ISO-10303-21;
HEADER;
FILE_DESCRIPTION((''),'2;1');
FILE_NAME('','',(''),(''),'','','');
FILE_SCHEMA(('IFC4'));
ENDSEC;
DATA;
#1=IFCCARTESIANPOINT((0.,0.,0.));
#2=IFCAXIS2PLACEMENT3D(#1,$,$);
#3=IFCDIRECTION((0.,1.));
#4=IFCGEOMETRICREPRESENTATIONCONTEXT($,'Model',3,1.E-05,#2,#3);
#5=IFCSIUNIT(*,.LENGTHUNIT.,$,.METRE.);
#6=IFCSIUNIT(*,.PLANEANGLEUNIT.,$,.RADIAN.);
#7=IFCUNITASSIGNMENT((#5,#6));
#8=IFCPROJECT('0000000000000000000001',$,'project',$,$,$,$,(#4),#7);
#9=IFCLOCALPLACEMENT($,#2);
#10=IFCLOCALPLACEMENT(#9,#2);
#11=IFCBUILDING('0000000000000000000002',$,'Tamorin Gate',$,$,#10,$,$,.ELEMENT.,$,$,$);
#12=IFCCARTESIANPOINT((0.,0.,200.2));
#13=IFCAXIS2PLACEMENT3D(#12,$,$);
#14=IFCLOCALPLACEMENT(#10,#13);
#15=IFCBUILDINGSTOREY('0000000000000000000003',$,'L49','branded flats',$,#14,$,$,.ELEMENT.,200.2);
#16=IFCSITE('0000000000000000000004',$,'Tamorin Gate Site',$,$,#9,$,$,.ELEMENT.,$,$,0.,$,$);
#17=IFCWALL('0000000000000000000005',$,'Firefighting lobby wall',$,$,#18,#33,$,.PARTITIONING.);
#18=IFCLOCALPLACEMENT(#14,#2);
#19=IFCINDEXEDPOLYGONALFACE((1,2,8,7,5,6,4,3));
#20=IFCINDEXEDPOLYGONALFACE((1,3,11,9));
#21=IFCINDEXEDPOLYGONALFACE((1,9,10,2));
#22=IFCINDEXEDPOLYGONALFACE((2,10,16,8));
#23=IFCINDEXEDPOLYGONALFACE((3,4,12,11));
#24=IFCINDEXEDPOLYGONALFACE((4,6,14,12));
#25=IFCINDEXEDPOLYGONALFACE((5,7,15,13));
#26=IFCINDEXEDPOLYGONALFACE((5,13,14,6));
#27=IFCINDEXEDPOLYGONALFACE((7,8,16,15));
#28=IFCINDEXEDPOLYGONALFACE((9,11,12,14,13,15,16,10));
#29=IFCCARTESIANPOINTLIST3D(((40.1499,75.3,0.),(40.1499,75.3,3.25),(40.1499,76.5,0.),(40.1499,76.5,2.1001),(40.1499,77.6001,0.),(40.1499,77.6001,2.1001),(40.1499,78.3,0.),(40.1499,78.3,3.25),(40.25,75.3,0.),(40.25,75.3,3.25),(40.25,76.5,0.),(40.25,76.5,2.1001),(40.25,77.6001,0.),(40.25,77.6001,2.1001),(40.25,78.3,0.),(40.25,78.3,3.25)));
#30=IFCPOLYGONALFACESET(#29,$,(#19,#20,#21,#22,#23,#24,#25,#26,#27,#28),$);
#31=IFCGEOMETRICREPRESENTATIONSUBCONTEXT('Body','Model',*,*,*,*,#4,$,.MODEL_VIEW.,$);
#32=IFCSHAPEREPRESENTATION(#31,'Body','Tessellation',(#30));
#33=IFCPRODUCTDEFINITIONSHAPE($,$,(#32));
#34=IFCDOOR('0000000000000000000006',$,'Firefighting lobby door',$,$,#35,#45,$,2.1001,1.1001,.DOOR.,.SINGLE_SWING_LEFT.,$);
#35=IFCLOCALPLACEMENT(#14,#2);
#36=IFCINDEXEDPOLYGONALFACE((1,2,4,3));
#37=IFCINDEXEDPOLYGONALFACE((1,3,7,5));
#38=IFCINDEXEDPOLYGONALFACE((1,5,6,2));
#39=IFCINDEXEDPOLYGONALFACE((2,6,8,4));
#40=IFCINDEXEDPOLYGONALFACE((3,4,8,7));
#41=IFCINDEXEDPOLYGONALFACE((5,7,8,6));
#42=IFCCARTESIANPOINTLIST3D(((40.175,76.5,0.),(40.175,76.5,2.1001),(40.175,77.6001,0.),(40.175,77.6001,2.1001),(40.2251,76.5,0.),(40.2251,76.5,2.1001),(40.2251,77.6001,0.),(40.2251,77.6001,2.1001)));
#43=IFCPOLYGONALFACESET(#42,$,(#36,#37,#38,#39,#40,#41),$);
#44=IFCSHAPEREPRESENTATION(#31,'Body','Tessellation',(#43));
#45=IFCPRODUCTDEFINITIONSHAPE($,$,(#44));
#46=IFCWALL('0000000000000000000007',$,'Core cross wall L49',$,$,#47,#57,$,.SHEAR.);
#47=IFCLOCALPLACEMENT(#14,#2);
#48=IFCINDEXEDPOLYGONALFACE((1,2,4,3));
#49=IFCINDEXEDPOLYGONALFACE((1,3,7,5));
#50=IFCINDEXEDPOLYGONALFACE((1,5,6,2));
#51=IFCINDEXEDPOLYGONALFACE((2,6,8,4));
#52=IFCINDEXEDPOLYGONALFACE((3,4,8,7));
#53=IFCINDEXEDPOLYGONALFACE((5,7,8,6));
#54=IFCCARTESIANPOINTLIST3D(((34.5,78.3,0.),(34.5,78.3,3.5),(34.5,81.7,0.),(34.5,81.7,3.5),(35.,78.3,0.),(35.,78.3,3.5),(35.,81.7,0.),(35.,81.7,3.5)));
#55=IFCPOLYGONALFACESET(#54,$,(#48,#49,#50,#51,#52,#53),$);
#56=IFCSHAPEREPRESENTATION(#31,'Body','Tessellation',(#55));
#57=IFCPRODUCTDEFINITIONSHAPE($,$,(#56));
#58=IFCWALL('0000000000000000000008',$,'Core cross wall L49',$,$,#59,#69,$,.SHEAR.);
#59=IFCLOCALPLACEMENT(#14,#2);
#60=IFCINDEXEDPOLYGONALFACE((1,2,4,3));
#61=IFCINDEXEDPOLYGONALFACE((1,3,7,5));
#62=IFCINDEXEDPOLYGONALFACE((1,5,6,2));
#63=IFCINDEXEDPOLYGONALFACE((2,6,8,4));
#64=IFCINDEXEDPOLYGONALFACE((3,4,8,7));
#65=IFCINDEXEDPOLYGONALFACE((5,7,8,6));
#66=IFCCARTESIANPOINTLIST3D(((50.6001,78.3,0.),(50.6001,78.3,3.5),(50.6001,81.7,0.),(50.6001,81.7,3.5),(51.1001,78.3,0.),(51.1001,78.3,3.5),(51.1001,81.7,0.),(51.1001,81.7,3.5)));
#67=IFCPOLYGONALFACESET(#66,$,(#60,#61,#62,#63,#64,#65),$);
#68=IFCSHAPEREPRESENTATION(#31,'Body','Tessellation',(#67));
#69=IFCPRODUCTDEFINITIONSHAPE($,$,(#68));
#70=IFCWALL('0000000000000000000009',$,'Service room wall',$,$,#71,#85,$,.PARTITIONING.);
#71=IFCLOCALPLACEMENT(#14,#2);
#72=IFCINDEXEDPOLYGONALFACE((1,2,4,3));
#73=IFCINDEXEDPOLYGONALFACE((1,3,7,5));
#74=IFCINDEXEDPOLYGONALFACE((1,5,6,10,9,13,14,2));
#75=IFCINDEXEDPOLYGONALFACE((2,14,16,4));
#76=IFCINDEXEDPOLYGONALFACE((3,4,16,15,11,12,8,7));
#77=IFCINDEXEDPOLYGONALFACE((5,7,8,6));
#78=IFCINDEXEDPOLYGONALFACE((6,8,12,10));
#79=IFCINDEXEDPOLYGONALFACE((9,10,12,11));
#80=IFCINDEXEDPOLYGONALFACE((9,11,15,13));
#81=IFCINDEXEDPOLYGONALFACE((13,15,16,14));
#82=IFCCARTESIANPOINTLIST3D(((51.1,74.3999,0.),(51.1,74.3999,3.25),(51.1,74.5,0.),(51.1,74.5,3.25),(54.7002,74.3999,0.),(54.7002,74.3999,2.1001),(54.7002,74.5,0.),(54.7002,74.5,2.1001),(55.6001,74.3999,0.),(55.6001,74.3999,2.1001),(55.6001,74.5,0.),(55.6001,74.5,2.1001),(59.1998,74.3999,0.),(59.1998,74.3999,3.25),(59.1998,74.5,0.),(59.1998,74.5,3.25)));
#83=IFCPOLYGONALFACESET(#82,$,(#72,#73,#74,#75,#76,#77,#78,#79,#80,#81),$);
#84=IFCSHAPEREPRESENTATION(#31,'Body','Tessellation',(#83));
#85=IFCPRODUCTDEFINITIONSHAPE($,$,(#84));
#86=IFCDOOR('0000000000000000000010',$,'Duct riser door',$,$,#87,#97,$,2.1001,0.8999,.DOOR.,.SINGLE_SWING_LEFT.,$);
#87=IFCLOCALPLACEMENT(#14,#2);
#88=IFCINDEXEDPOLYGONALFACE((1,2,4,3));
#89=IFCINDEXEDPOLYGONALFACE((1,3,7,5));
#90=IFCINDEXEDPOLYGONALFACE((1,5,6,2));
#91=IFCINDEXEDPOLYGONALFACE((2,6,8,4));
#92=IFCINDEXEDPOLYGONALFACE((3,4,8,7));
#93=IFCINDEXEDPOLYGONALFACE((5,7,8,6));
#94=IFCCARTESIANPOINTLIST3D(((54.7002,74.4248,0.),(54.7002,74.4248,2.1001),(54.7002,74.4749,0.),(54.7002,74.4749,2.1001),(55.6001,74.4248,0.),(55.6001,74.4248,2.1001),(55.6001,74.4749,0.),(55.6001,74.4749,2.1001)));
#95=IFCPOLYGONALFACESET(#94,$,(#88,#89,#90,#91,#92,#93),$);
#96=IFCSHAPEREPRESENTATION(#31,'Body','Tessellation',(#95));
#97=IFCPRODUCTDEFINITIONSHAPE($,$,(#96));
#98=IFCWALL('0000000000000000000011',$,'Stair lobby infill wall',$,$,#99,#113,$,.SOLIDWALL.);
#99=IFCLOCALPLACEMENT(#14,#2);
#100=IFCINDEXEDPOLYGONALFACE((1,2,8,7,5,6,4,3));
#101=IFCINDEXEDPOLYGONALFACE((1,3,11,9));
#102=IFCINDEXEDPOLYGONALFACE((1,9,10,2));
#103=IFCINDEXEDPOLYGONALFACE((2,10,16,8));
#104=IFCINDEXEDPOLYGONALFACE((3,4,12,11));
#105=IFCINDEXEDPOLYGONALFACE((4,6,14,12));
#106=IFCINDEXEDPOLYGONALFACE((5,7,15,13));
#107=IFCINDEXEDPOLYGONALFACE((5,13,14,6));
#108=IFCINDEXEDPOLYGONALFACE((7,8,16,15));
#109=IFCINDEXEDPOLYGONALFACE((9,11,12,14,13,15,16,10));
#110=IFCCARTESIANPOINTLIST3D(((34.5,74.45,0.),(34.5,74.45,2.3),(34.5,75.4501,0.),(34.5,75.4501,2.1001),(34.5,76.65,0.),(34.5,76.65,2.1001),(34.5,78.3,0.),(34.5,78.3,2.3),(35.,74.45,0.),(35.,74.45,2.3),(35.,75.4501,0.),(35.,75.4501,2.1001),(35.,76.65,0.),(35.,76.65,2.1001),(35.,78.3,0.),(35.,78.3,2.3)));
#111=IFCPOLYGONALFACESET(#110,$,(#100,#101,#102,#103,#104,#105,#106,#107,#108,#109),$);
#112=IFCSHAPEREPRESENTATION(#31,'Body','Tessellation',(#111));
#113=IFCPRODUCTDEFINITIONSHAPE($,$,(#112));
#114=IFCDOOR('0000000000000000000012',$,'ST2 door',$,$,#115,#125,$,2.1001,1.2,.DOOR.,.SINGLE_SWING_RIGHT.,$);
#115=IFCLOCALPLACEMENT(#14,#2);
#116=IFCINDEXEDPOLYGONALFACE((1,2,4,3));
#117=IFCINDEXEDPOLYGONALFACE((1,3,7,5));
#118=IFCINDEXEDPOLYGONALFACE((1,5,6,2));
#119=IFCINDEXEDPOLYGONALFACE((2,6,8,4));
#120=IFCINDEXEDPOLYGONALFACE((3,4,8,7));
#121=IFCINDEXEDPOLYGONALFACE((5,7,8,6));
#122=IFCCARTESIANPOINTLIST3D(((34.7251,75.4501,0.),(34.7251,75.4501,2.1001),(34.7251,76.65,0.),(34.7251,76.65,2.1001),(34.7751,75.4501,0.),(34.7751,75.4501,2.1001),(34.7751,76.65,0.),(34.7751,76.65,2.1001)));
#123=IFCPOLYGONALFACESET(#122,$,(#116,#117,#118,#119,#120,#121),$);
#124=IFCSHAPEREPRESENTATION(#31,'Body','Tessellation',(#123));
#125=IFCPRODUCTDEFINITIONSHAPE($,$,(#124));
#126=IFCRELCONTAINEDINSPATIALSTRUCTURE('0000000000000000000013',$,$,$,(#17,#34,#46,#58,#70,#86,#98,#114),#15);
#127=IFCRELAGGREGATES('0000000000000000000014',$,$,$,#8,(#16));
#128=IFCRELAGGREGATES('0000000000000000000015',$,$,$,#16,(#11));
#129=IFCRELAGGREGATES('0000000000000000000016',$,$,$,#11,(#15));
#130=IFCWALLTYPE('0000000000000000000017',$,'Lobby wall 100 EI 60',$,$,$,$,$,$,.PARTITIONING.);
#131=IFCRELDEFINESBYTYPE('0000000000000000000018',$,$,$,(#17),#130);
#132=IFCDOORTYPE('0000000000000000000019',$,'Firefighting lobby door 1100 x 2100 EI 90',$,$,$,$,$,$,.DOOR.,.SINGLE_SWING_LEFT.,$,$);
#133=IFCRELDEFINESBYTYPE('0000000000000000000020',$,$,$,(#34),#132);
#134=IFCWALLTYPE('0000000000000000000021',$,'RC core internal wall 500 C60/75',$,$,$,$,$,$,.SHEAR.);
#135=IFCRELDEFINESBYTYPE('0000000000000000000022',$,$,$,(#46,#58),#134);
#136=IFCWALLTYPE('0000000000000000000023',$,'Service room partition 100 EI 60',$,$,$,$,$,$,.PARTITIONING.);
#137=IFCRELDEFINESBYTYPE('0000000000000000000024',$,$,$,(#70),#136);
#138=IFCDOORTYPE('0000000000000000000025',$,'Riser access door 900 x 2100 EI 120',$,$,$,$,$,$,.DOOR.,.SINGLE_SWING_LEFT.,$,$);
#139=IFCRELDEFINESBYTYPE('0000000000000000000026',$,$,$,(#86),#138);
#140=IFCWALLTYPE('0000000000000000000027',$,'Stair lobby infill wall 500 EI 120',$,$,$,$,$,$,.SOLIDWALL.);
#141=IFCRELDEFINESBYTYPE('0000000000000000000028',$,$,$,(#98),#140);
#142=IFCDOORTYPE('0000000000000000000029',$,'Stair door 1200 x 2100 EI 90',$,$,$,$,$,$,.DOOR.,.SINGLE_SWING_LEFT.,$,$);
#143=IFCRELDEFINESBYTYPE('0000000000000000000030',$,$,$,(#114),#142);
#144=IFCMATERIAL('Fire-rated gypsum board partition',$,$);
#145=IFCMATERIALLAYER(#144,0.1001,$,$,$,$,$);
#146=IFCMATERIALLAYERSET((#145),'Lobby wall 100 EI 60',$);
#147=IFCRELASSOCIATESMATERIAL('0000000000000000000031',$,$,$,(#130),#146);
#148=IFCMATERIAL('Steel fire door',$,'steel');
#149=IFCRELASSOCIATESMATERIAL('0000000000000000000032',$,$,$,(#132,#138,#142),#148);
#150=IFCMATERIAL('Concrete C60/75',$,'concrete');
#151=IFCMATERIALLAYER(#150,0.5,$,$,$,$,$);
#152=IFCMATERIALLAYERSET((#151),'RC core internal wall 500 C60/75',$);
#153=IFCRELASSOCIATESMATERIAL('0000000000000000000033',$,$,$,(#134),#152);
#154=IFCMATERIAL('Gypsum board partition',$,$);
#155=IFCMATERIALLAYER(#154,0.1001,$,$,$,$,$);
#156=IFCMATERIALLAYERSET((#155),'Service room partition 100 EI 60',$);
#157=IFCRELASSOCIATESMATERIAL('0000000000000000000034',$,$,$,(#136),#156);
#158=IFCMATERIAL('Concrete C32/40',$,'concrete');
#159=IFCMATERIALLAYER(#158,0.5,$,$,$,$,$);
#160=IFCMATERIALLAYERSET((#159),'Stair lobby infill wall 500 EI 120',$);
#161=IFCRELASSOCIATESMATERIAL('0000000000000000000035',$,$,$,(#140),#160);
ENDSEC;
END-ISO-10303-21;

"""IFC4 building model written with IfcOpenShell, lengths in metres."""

from ifc_helpers import new_model, si_unit, direction, frame, frame_2d, origin, place, context, subcontext, project, spatial, rectangle, extrude, material, layer, layer_set, type_object, element, fill, save


model = new_model("IFC4")

# Units and contexts
model_context = context("Model", 3, precision=1e-05, world=origin(), true_north=direction((0.0, 1.0)))
body_context = subcontext(model_context, "Body", "Model", "MODEL_VIEW")
ifc_project = project(units=[si_unit("LENGTHUNIT", "METRE"), si_unit("PLANEANGLEUNIT", "RADIAN")], contexts=[model_context])

# Site, building, storey
site_placement = place(None, origin())
site = spatial("IfcSite", under=ifc_project, at=site_placement, Name="Tamorin Gate Site", CompositionType="ELEMENT", RefElevation=0.0)
building_placement = place(site_placement, origin())
building = spatial("IfcBuilding", under=site, at=building_placement, Name="Tamorin Gate", CompositionType="ELEMENT")
storey_placement = place(building_placement, frame((0.0, 0.0, 200.2)))
storey = spatial("IfcBuildingStorey", under=building, at=storey_placement, Name="L49", Description="branded flats", CompositionType="ELEMENT", Elevation=200.2)

# Shared definitions
ifc_material_1 = material(Name="Concrete C60/75", Category="concrete")

# Shared definitions
ifc_material_2 = material(Name="Concrete C32/40", Category="concrete")

# Shared definitions
ifc_material_3 = material(Name="Fire-rated gypsum board partition")
ifc_layer_1 = layer(ifc_material_3, 0.1001)
ifc_layer_set_1 = layer_set([ifc_layer_1], Name="Lobby wall 100 EI 60")
wall_type_1 = type_object("IfcWallType", Name="Lobby wall 100 EI 60", PredefinedType="PARTITIONING", material=ifc_layer_set_1)

# Wall, opening, door
wall_1_placement = place(storey_placement, frame((40.2, 75.3, 0.0), z_axis=(0.0, 0.0, 1.0), x_axis=(0.0, 1.0, 0.0)))
wall_1 = element("IfcWall", 1, at=wall_1_placement, inside=storey, type_object=wall_type_1, Name="Firefighting lobby wall", PredefinedType="PARTITIONING", context=body_context, shape_type="SweptSolid", body=[
    extrude(rectangle(XDim=3.0, YDim=0.1001, at=frame_2d((1.5, 0.0))), origin(), (0.0, 0.0, 1.0), 3.25),
])
opening_1_placement = place(wall_1_placement, frame((1.2, 0.0, 0.0)))
opening_1 = element("IfcOpeningElement", 2, at=opening_1_placement, cuts=wall_1, PredefinedType="OPENING", context=body_context, shape_type="SweptSolid", body=[
    extrude(rectangle(XDim=1.1001, YDim=2.1001, at=frame_2d((0.55, 1.05))), frame((0.0, 0.0601, 0.0), z_axis=(0.0, -1.0, 0.0), x_axis=(1.0, 0.0, 0.0)), (0.0, 0.0, 1.0), 0.1201),
])
ifc_material_4 = material(Name="Steel fire door", Category="steel")
door_type_1 = type_object("IfcDoorType", Name="Firefighting lobby door 1100 x 2100 EI 90", OperationType="SINGLE_SWING_LEFT", PredefinedType="DOOR", material=ifc_material_4)
door_1_placement = place(opening_1_placement, origin())
door_1 = element("IfcDoor", 3, at=door_1_placement, inside=storey, type_object=door_type_1, Name="Firefighting lobby door", OperationType="SINGLE_SWING_LEFT", OverallHeight=2.1001, OverallWidth=1.1001, PredefinedType="DOOR", context=body_context, shape_type="SweptSolid", body=[
    extrude(rectangle(XDim=1.1001, YDim=2.1001, at=frame_2d((0.55, 1.05))), frame((0.0, 0.0249, 0.0), z_axis=(0.0, -1.0, 0.0), x_axis=(1.0, 0.0, 0.0)), (0.0, 0.0, 1.0), 0.05),
])
fill(opening_1, door_1)

# Walls
ifc_layer_2 = layer(ifc_material_1, 0.5)
ifc_layer_set_2 = layer_set([ifc_layer_2], Name="RC core internal wall 500 C60/75")
wall_type_2 = type_object("IfcWallType", Name="RC core internal wall 500 C60/75", PredefinedType="SHEAR", material=ifc_layer_set_2)
for number, where, z_axis, x_axis, name in (
    (4, (34.75, 78.3, 0.0), (0.0, 0.0, 1.0), (0.0, 1.0, 0.0), "Core cross wall L49"),
    (5, (50.8501, 78.3, 0.0), (0.0, 0.0, 1.0), (0.0, 1.0, 0.0), "Core cross wall L49"),
):
    element("IfcWall", number, at=place(storey_placement, frame(where, z_axis=z_axis, x_axis=x_axis)), inside=storey, type_object=wall_type_2, Name=name, PredefinedType="SHEAR", context=body_context, shape_type="SweptSolid", body=[
        extrude(rectangle(XDim=3.3999, YDim=0.5, at=frame_2d((1.7, 0.0))), origin(), (0.0, 0.0, 1.0), 3.5),
    ])

# Walls, openings, doors
ifc_material_5 = material(Name="Gypsum board partition")
ifc_layer_3 = layer(ifc_material_5, 0.1001)
ifc_layer_set_3 = layer_set([ifc_layer_3], Name="Service room partition 100 EI 60")
wall_type_3 = type_object("IfcWallType", Name="Service room partition 100 EI 60", PredefinedType="PARTITIONING", material=ifc_layer_set_3)
wall_2_placement = place(storey_placement, frame((51.1001, 74.45, 0.0), z_axis=(0.0, 0.0, 1.0), x_axis=(1.0, 0.0, 0.0)))
wall_2 = element("IfcWall", 6, at=wall_2_placement, inside=storey, type_object=wall_type_3, Name="Service room wall", PredefinedType="PARTITIONING", context=body_context, shape_type="SweptSolid", body=[
    extrude(rectangle(XDim=8.0999, YDim=0.1001, at=frame_2d((4.0498, 0.0))), origin(), (0.0, 0.0, 1.0), 3.25),
])
opening_2_placement = place(wall_2_placement, frame((3.6001, 0.0, 0.0)))
opening_2 = element("IfcOpeningElement", 7, at=opening_2_placement, cuts=wall_2, PredefinedType="OPENING", context=body_context, shape_type="SweptSolid", body=[
    extrude(rectangle(XDim=0.8999, YDim=2.1001, at=frame_2d((0.45, 1.05))), frame((0.0, 0.0601, 0.0), z_axis=(0.0, -1.0, 0.0), x_axis=(1.0, 0.0, 0.0)), (0.0, 0.0, 1.0), 0.1201),
])
door_type_2 = type_object("IfcDoorType", Name="Riser access door 900 x 2100 EI 120", OperationType="SINGLE_SWING_LEFT", PredefinedType="DOOR", material=ifc_material_4)
door_2_placement = place(opening_2_placement, origin())
door_2 = element("IfcDoor", 8, at=door_2_placement, inside=storey, type_object=door_type_2, Name="Duct riser door", OperationType="SINGLE_SWING_LEFT", OverallHeight=2.1001, OverallWidth=0.8999, PredefinedType="DOOR", context=body_context, shape_type="SweptSolid", body=[
    extrude(rectangle(XDim=0.8999, YDim=2.1001, at=frame_2d((0.45, 1.05))), frame((0.0, 0.0249, 0.0), z_axis=(0.0, -1.0, 0.0), x_axis=(1.0, 0.0, 0.0)), (0.0, 0.0, 1.0), 0.05),
])
fill(opening_2, door_2)
ifc_layer_4 = layer(ifc_material_2, 0.5)
ifc_layer_set_4 = layer_set([ifc_layer_4], Name="Stair lobby infill wall 500 EI 120")
wall_type_4 = type_object("IfcWallType", Name="Stair lobby infill wall 500 EI 120", PredefinedType="SOLIDWALL", material=ifc_layer_set_4)
wall_3_placement = place(storey_placement, frame((34.75, 74.45, 0.0), z_axis=(0.0, 0.0, 1.0), x_axis=(0.0, 1.0, 0.0)))
wall_3 = element("IfcWall", 9, at=wall_3_placement, inside=storey, type_object=wall_type_4, Name="Stair lobby infill wall", PredefinedType="SOLIDWALL", context=body_context, shape_type="SweptSolid", body=[
    extrude(rectangle(XDim=3.8501, YDim=0.5, at=frame_2d((1.925, 0.0))), origin(), (0.0, 0.0, 1.0), 2.3),
])
opening_3_placement = place(wall_3_placement, frame((1.0, 0.0, 0.0)))
opening_3 = element("IfcOpeningElement", 10, at=opening_3_placement, cuts=wall_3, PredefinedType="OPENING", context=body_context, shape_type="SweptSolid", body=[
    extrude(rectangle(XDim=1.2, YDim=2.1001, at=frame_2d((0.6001, 1.05))), frame((0.0, 0.26, 0.0), z_axis=(0.0, -1.0, 0.0), x_axis=(1.0, 0.0, 0.0)), (0.0, 0.0, 1.0), 0.52),
])
door_type_3 = type_object("IfcDoorType", Name="Stair door 1200 x 2100 EI 90", OperationType="SINGLE_SWING_LEFT", PredefinedType="DOOR", material=ifc_material_4)
door_3_placement = place(opening_3_placement, origin())
door_3 = element("IfcDoor", 11, at=door_3_placement, inside=storey, type_object=door_type_3, Name="ST2 door", OperationType="SINGLE_SWING_RIGHT", OverallHeight=2.1001, OverallWidth=1.2, PredefinedType="DOOR", context=body_context, shape_type="SweptSolid", body=[
    extrude(rectangle(XDim=1.2, YDim=2.1001, at=frame_2d((0.6001, 1.05))), frame((0.0, 0.0249, 0.0), z_axis=(0.0, -1.0, 0.0), x_axis=(1.0, 0.0, 0.0)), (0.0, 0.0, 1.0), 0.05),
])
fill(opening_3, door_3)

save(model, "model.ifc")
